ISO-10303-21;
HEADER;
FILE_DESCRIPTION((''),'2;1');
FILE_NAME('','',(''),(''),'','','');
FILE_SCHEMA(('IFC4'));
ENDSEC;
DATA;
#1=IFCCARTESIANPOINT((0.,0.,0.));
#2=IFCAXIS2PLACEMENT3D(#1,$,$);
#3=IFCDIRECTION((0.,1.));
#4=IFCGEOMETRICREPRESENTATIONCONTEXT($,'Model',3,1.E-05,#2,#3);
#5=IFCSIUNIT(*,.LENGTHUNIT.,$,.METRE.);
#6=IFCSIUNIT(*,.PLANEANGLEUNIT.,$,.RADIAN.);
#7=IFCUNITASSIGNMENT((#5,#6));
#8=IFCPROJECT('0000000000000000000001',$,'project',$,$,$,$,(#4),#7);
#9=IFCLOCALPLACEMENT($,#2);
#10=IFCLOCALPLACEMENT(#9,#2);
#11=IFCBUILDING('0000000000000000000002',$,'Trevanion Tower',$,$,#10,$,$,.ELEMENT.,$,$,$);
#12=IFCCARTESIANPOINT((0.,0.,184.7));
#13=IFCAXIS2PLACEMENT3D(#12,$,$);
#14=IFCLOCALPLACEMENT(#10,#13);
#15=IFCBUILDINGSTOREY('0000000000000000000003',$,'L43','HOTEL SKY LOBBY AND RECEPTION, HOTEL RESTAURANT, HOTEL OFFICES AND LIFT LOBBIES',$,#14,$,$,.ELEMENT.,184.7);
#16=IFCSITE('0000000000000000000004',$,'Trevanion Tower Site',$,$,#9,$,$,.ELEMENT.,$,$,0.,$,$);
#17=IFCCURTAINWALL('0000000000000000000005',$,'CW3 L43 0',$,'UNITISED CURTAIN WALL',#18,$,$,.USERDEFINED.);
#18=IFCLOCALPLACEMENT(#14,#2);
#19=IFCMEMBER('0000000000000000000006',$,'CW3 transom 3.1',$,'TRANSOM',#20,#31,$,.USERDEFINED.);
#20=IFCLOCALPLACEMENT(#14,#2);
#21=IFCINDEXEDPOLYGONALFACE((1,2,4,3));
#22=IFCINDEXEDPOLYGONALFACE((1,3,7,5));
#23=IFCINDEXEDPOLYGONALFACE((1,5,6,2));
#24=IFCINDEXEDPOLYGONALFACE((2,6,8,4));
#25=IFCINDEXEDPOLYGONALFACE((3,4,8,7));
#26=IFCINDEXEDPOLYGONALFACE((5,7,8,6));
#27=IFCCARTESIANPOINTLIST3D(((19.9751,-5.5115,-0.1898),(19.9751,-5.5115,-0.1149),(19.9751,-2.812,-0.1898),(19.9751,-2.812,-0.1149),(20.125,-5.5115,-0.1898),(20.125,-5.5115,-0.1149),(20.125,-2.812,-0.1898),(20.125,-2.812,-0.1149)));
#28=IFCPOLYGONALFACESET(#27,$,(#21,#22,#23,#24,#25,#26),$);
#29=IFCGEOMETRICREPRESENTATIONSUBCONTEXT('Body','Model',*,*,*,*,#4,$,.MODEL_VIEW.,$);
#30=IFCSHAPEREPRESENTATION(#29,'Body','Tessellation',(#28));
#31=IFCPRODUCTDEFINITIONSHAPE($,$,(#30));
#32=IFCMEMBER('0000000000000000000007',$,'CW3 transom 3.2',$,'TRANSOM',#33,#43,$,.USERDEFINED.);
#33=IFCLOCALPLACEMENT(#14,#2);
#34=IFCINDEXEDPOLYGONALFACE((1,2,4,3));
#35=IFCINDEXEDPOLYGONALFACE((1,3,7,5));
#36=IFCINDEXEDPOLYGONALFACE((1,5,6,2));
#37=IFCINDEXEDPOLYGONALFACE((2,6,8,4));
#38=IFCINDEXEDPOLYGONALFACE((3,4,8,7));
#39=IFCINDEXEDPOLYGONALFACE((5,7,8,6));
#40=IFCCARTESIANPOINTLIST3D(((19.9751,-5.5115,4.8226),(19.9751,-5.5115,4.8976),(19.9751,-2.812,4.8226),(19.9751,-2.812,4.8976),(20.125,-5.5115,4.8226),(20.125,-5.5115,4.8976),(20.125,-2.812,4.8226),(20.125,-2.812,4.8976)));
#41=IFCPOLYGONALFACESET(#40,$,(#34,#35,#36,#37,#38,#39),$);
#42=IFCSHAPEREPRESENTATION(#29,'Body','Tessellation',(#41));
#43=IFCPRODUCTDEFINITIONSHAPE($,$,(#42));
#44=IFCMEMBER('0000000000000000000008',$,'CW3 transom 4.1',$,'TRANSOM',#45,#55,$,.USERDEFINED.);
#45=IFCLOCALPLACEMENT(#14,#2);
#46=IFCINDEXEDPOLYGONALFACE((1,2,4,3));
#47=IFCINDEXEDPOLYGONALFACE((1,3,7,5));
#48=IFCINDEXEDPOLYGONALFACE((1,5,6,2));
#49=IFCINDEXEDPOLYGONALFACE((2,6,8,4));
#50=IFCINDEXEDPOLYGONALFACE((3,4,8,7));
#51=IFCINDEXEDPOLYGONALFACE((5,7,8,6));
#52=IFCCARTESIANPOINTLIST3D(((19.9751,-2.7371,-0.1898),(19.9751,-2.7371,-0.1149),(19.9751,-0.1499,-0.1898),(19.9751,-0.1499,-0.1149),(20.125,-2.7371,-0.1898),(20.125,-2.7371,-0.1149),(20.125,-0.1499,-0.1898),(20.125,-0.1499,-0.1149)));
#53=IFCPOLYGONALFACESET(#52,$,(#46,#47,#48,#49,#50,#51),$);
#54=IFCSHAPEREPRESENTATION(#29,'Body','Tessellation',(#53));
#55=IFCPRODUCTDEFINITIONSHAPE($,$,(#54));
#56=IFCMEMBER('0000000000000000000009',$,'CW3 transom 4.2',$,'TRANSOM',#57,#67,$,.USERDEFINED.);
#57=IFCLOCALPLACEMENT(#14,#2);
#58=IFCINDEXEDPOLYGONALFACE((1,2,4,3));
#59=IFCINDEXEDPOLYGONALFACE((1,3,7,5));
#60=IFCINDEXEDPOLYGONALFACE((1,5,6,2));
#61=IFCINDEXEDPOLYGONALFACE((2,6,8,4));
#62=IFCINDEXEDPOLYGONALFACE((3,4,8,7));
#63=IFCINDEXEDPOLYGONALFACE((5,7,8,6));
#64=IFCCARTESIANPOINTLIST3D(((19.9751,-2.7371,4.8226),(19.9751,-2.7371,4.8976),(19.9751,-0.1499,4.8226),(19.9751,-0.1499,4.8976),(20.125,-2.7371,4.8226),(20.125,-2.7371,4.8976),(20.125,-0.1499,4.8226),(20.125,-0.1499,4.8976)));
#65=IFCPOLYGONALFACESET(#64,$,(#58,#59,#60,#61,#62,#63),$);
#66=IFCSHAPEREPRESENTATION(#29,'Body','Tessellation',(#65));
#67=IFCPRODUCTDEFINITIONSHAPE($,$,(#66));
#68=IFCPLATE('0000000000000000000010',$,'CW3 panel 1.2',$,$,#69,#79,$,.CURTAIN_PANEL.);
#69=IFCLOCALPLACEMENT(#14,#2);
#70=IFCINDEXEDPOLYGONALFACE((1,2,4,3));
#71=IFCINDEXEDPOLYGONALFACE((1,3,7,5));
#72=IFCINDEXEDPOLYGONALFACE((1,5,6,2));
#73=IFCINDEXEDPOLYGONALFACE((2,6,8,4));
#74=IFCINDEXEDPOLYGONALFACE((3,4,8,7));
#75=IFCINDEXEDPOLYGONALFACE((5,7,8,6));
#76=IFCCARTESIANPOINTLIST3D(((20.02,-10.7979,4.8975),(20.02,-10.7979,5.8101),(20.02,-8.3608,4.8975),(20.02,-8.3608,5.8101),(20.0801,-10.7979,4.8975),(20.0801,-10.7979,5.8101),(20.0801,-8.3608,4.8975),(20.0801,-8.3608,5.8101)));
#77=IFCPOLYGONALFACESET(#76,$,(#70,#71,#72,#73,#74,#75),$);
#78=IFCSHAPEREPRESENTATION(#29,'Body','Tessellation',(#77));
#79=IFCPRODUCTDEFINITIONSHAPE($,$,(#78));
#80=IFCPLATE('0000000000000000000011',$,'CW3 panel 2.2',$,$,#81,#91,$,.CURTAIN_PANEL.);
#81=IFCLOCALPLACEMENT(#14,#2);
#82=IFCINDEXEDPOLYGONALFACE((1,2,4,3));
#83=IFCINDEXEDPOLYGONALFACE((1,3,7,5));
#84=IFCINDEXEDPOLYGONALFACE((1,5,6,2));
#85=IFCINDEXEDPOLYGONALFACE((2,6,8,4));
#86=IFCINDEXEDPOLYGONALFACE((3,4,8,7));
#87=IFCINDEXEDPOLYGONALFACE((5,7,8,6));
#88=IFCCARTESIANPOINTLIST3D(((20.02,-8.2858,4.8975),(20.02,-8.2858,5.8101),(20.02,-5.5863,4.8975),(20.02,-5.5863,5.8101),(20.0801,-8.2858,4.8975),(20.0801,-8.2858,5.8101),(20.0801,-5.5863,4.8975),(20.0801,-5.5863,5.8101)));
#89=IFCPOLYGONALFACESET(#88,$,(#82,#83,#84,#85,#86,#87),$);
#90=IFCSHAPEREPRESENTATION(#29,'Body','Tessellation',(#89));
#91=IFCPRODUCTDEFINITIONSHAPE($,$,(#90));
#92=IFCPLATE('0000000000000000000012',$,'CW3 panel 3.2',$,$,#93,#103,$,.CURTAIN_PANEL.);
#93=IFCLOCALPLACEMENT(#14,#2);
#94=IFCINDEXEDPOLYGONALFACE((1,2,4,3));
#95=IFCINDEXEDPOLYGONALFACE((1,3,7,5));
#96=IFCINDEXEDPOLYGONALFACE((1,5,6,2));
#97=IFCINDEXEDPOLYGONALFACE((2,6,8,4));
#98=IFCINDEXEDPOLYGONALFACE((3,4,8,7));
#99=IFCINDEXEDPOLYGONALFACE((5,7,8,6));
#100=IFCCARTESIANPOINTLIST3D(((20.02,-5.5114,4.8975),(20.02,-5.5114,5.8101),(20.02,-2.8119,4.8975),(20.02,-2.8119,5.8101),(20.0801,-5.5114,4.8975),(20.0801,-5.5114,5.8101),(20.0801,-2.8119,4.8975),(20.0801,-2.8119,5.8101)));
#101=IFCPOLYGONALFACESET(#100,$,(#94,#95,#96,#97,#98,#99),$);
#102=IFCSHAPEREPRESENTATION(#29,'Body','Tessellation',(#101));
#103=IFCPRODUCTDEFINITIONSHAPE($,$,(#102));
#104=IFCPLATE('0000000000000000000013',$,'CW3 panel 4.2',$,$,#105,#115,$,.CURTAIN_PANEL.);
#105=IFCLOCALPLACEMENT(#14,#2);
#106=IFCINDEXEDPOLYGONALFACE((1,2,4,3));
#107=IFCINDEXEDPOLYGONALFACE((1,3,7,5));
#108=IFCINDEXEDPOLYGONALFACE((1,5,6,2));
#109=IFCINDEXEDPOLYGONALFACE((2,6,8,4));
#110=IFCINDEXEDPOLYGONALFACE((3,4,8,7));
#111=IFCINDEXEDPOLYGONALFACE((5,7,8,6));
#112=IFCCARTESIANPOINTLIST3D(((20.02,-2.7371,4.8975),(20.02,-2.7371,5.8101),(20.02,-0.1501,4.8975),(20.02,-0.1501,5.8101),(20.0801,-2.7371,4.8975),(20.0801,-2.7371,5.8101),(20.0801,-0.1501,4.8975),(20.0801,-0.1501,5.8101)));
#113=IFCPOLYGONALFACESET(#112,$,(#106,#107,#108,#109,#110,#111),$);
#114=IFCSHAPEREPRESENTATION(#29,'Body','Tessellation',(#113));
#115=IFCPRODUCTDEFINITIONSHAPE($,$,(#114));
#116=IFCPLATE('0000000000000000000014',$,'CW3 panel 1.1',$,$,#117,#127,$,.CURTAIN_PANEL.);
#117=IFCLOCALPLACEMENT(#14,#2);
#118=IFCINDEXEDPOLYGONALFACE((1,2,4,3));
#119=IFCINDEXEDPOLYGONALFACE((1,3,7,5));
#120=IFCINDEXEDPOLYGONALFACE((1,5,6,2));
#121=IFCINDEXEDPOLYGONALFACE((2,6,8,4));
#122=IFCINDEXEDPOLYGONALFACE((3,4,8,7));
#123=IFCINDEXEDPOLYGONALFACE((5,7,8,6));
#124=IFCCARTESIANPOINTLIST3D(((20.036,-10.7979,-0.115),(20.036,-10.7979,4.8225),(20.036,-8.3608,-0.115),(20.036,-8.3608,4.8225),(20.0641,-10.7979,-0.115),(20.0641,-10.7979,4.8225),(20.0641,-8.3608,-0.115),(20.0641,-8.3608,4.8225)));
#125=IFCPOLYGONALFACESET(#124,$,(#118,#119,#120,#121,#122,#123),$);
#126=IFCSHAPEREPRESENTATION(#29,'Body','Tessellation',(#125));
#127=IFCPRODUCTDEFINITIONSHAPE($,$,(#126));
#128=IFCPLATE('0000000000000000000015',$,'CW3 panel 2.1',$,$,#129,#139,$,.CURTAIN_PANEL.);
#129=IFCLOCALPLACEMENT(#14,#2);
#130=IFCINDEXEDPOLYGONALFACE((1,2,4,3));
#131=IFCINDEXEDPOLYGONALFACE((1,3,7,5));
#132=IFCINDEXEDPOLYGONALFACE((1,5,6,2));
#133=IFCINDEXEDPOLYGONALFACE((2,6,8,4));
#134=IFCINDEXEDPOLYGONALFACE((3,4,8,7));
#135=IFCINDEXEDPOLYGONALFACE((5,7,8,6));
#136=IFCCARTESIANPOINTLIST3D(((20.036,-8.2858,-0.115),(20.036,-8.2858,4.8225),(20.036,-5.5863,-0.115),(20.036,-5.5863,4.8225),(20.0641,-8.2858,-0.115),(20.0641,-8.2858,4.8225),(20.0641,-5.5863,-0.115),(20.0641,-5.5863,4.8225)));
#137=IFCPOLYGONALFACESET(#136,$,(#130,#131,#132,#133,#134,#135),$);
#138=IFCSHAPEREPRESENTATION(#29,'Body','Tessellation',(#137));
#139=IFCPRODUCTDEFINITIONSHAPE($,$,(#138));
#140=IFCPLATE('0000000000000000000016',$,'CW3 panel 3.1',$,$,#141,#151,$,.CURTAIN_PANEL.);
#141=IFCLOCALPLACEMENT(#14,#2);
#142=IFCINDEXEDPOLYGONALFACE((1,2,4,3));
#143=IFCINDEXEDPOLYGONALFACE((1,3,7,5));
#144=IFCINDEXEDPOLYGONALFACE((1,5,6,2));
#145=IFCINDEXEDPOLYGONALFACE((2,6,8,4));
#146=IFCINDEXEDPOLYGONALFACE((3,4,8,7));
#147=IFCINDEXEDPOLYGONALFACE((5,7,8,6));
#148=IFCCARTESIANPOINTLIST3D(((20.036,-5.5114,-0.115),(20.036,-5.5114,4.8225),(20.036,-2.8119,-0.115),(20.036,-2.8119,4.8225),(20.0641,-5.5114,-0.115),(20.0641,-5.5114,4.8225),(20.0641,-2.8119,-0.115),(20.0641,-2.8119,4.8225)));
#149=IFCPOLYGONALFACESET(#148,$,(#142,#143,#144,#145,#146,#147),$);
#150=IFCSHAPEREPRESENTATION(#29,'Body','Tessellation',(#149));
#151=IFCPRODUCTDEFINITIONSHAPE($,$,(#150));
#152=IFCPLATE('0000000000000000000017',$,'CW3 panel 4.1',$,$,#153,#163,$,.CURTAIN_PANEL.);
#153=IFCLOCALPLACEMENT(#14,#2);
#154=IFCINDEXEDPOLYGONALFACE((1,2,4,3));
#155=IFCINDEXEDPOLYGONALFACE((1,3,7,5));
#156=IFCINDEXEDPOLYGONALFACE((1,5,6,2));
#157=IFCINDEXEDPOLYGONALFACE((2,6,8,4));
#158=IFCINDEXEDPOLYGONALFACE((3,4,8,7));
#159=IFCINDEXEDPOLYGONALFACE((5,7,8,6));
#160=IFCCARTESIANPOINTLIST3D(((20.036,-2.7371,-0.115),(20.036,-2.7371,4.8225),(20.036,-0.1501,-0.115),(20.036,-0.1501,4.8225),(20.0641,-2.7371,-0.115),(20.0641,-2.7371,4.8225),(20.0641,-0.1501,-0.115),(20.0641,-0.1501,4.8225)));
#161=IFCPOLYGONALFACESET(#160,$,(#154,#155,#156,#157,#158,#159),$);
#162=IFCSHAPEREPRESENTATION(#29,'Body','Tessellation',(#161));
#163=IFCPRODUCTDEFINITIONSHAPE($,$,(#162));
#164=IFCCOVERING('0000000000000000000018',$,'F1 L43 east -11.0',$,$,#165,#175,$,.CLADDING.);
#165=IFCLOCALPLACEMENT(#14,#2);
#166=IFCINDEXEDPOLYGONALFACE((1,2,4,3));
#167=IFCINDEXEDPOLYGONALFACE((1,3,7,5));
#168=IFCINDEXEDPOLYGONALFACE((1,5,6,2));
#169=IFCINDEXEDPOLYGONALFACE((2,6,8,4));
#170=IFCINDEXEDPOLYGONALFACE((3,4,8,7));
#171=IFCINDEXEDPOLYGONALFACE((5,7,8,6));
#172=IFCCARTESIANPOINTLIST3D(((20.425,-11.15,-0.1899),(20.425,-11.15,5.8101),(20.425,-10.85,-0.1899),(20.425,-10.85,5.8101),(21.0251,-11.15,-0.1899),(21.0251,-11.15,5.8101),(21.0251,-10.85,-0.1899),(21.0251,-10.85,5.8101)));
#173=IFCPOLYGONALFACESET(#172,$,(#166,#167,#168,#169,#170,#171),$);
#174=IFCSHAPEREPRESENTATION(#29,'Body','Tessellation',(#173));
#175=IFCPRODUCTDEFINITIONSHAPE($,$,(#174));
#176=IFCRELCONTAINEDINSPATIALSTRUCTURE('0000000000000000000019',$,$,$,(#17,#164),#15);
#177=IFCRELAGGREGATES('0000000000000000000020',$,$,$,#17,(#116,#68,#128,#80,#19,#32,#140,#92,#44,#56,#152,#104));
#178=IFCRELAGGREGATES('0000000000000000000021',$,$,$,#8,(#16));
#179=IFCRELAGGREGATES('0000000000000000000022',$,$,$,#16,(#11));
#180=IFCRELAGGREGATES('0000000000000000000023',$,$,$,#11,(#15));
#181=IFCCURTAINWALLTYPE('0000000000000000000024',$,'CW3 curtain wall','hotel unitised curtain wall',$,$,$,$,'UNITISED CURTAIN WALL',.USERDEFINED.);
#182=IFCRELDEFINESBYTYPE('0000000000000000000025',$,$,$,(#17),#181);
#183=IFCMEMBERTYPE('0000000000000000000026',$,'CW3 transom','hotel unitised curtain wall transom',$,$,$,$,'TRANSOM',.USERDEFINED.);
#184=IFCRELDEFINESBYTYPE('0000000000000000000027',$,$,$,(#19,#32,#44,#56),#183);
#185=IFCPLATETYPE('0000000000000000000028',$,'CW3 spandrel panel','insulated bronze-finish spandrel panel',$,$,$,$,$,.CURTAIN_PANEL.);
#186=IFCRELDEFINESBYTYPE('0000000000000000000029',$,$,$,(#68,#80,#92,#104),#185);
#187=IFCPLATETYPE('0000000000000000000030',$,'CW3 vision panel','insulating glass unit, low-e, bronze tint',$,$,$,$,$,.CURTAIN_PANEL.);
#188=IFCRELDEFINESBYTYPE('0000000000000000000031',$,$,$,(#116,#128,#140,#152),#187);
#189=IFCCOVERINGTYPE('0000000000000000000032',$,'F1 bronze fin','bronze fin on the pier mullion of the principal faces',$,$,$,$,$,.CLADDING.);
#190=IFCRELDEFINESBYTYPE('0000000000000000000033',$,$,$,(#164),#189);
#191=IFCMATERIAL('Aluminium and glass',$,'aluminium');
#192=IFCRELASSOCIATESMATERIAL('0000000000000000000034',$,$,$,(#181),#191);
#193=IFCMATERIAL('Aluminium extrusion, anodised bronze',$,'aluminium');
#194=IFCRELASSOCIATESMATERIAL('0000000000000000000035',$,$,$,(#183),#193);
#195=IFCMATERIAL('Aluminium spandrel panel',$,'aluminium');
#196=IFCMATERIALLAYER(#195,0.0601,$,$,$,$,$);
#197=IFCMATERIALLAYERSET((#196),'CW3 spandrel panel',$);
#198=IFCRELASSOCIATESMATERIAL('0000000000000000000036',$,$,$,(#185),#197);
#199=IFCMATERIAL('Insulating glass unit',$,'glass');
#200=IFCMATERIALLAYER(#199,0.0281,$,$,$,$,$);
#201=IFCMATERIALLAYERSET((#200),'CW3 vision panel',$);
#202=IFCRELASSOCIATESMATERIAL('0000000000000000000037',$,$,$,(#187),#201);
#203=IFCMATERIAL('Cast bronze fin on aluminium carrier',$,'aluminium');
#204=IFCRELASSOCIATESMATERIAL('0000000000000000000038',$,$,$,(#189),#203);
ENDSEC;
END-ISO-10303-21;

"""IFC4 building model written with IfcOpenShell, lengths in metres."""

from ifc_helpers import new_model, si_unit, direction, frame, origin, origin_2d, place, context, subcontext, project, spatial, rectangle, extrude, material, layer, layer_set, material_profile, profile_set, type_object, element, aggregate, save


model = new_model("IFC4")

# Units and contexts
model_context = context("Model", 3, precision=1e-05, world=origin(), true_north=direction((0.0, 1.0)))
body_context = subcontext(model_context, "Body", "Model", "MODEL_VIEW")
ifc_project = project(units=[si_unit("LENGTHUNIT", "METRE"), si_unit("PLANEANGLEUNIT", "RADIAN")], contexts=[model_context])

# Site, building, storey
site_placement = place(None, origin())
site = spatial("IfcSite", under=ifc_project, at=site_placement, Name="Trevanion Tower Site", CompositionType="ELEMENT", RefElevation=0.0)
building_placement = place(site_placement, origin())
building = spatial("IfcBuilding", under=site, at=building_placement, Name="Trevanion Tower", CompositionType="ELEMENT")
storey_placement = place(building_placement, frame((0.0, 0.0, 184.7)))
storey = spatial("IfcBuildingStorey", under=building, at=storey_placement, Name="L43", Description="HOTEL SKY LOBBY AND RECEPTION, HOTEL RESTAURANT, HOTEL OFFICES AND LIFT LOBBIES", CompositionType="ELEMENT", Elevation=184.7)

# Curtain wall, members, plates
ifc_material_1 = material(Name="Aluminium and glass", Category="aluminium")
curtain_wall_type = type_object("IfcCurtainWallType", Name="CW3 curtain wall", Description="hotel unitised curtain wall", ElementType="UNITISED CURTAIN WALL", PredefinedType="USERDEFINED", material=ifc_material_1)
curtain_wall_placement = place(storey_placement, origin())
curtain_wall = element("IfcCurtainWall", 1, at=curtain_wall_placement, inside=storey, type_object=curtain_wall_type, Name="CW3 L43 0", ObjectType="UNITISED CURTAIN WALL", PredefinedType="USERDEFINED")
ifc_material_2 = material(Name="Aluminium extrusion, anodised bronze", Category="aluminium")
ifc_material_profile_1 = material_profile(ifc_material_2, rectangle(XDim=0.1499, YDim=0.075, at=origin_2d()), Name="CW3 transom")
ifc_profile_set_1 = profile_set([ifc_material_profile_1], Name="Aluminium extrusion, anodised bronze")
member_type_1 = type_object("IfcMemberType", Name="CW3 transom", Description="hotel unitised curtain wall transom", ElementType="TRANSOM", PredefinedType="USERDEFINED", material=ifc_profile_set_1)
member_1_placement = place(storey_placement, frame((20.05, -5.5115, -0.1523), z_axis=(0.0, 1.0, 0.0), x_axis=(-1.0, 0.0, 0.0)))
member_1 = element("IfcMember", 2, at=member_1_placement, type_object=member_type_1, Name="CW3 transom 3.1", ObjectType="TRANSOM", PredefinedType="USERDEFINED", context=body_context, shape_type="SweptSolid", body=[
    extrude(rectangle(XDim=0.1499, YDim=0.075, at=origin_2d()), origin(), (0.0, 0.0, 1.0), 2.6995),
])
member_2_placement = place(storey_placement, frame((20.05, -5.5115, 4.8601), z_axis=(0.0, 1.0, 0.0), x_axis=(-1.0, 0.0, 0.0)))
member_2 = element("IfcMember", 3, at=member_2_placement, type_object=member_type_1, Name="CW3 transom 3.2", ObjectType="TRANSOM", PredefinedType="USERDEFINED", context=body_context, shape_type="SweptSolid", body=[
    extrude(rectangle(XDim=0.1499, YDim=0.075, at=origin_2d()), origin(), (0.0, 0.0, 1.0), 2.6995),
])
member_3_placement = place(storey_placement, frame((20.05, -2.7371, -0.1523), z_axis=(0.0, 1.0, 0.0), x_axis=(-1.0, 0.0, 0.0)))
member_3 = element("IfcMember", 4, at=member_3_placement, type_object=member_type_1, Name="CW3 transom 4.1", ObjectType="TRANSOM", PredefinedType="USERDEFINED", context=body_context, shape_type="SweptSolid", body=[
    extrude(rectangle(XDim=0.1499, YDim=0.075, at=origin_2d()), origin(), (0.0, 0.0, 1.0), 2.5872),
])
member_4_placement = place(storey_placement, frame((20.05, -2.7371, 4.8601), z_axis=(0.0, 1.0, 0.0), x_axis=(-1.0, 0.0, 0.0)))
member_4 = element("IfcMember", 5, at=member_4_placement, type_object=member_type_1, Name="CW3 transom 4.2", ObjectType="TRANSOM", PredefinedType="USERDEFINED", context=body_context, shape_type="SweptSolid", body=[
    extrude(rectangle(XDim=0.1499, YDim=0.075, at=origin_2d()), origin(), (0.0, 0.0, 1.0), 2.5872),
])
ifc_material_3 = material(Name="Aluminium spandrel panel", Category="aluminium")
ifc_layer_1 = layer(ifc_material_3, 0.0601)
ifc_layer_set_1 = layer_set([ifc_layer_1], Name="CW3 spandrel panel")
plate_type_1 = type_object("IfcPlateType", Name="CW3 spandrel panel", Description="insulated bronze-finish spandrel panel", PredefinedType="CURTAIN_PANEL", material=ifc_layer_set_1)
plate_1_placement = place(storey_placement, frame((20.05, -9.5793, 4.8975), z_axis=(0.0, 0.0, 1.0), x_axis=(0.0, 1.0, 0.0)))
plate_1 = element("IfcPlate", 6, at=plate_1_placement, type_object=plate_type_1, Name="CW3 panel 1.2", PredefinedType="CURTAIN_PANEL", context=body_context, shape_type="SweptSolid", body=[
    extrude(rectangle(XDim=2.437, YDim=0.0601, at=origin_2d()), origin(), (0.0, 0.0, 1.0), 0.9126),
])
plate_2_placement = place(storey_placement, frame((20.05, -6.936, 4.8975), z_axis=(0.0, 0.0, 1.0), x_axis=(0.0, 1.0, 0.0)))
plate_2 = element("IfcPlate", 7, at=plate_2_placement, type_object=plate_type_1, Name="CW3 panel 2.2", PredefinedType="CURTAIN_PANEL", context=body_context, shape_type="SweptSolid", body=[
    extrude(rectangle(XDim=2.6995, YDim=0.0601, at=origin_2d()), origin(), (0.0, 0.0, 1.0), 0.9126),
])
plate_3_placement = place(storey_placement, frame((20.05, -4.1616, 4.8975), z_axis=(0.0, 0.0, 1.0), x_axis=(0.0, 1.0, 0.0)))
plate_3 = element("IfcPlate", 8, at=plate_3_placement, type_object=plate_type_1, Name="CW3 panel 3.2", PredefinedType="CURTAIN_PANEL", context=body_context, shape_type="SweptSolid", body=[
    extrude(rectangle(XDim=2.6995, YDim=0.0601, at=origin_2d()), origin(), (0.0, 0.0, 1.0), 0.9126),
])
plate_4_placement = place(storey_placement, frame((20.05, -1.4436, 4.8975), z_axis=(0.0, 0.0, 1.0), x_axis=(0.0, 1.0, 0.0)))
plate_4 = element("IfcPlate", 9, at=plate_4_placement, type_object=plate_type_1, Name="CW3 panel 4.2", PredefinedType="CURTAIN_PANEL", context=body_context, shape_type="SweptSolid", body=[
    extrude(rectangle(XDim=2.5869, YDim=0.0601, at=origin_2d()), origin(), (0.0, 0.0, 1.0), 0.9126),
])
ifc_material_4 = material(Name="Insulating glass unit", Category="glass")
ifc_layer_2 = layer(ifc_material_4, 0.0281)
ifc_layer_set_2 = layer_set([ifc_layer_2], Name="CW3 vision panel")
plate_type_2 = type_object("IfcPlateType", Name="CW3 vision panel", Description="insulating glass unit, low-e, bronze tint", PredefinedType="CURTAIN_PANEL", material=ifc_layer_set_2)
plate_5_placement = place(storey_placement, frame((20.05, -9.5793, -0.115), z_axis=(0.0, 0.0, 1.0), x_axis=(0.0, 1.0, 0.0)))
plate_5 = element("IfcPlate", 10, at=plate_5_placement, type_object=plate_type_2, Name="CW3 panel 1.1", PredefinedType="CURTAIN_PANEL", context=body_context, shape_type="SweptSolid", body=[
    extrude(rectangle(XDim=2.437, YDim=0.0281, at=origin_2d()), origin(), (0.0, 0.0, 1.0), 4.9375),
])
plate_6_placement = place(storey_placement, frame((20.05, -6.936, -0.115), z_axis=(0.0, 0.0, 1.0), x_axis=(0.0, 1.0, 0.0)))
plate_6 = element("IfcPlate", 11, at=plate_6_placement, type_object=plate_type_2, Name="CW3 panel 2.1", PredefinedType="CURTAIN_PANEL", context=body_context, shape_type="SweptSolid", body=[
    extrude(rectangle(XDim=2.6995, YDim=0.0281, at=origin_2d()), origin(), (0.0, 0.0, 1.0), 4.9375),
])
plate_7_placement = place(storey_placement, frame((20.05, -4.1616, -0.115), z_axis=(0.0, 0.0, 1.0), x_axis=(0.0, 1.0, 0.0)))
plate_7 = element("IfcPlate", 12, at=plate_7_placement, type_object=plate_type_2, Name="CW3 panel 3.1", PredefinedType="CURTAIN_PANEL", context=body_context, shape_type="SweptSolid", body=[
    extrude(rectangle(XDim=2.6995, YDim=0.0281, at=origin_2d()), origin(), (0.0, 0.0, 1.0), 4.9375),
])
plate_8_placement = place(storey_placement, frame((20.05, -1.4436, -0.115), z_axis=(0.0, 0.0, 1.0), x_axis=(0.0, 1.0, 0.0)))
plate_8 = element("IfcPlate", 13, at=plate_8_placement, type_object=plate_type_2, Name="CW3 panel 4.1", PredefinedType="CURTAIN_PANEL", context=body_context, shape_type="SweptSolid", body=[
    extrude(rectangle(XDim=2.5869, YDim=0.0281, at=origin_2d()), origin(), (0.0, 0.0, 1.0), 4.9375),
])
aggregate(curtain_wall, [plate_5, plate_1, plate_6, plate_2, member_1, member_2, plate_7, plate_3, member_3, member_4, plate_8, plate_4])

# Covering
ifc_material_5 = material(Name="Cast bronze fin on aluminium carrier", Category="aluminium")
covering_type = type_object("IfcCoveringType", Name="F1 bronze fin", Description="bronze fin on the pier mullion of the principal faces", PredefinedType="CLADDING", material=ifc_material_5)
covering_placement = place(storey_placement, frame((20.7251, -11.0, -0.1899), z_axis=(0.0, 0.0, 1.0), x_axis=(0.0, 1.0, 0.0)))
element("IfcCovering", 14, at=covering_placement, inside=storey, type_object=covering_type, Name="F1 L43 east -11.0", PredefinedType="CLADDING", context=body_context, shape_type="SweptSolid", body=[
    extrude(rectangle(XDim=0.3, YDim=0.6001, at=origin_2d()), origin(), (0.0, 0.0, 1.0), 6.0),
])

save(model, "model.ifc")
